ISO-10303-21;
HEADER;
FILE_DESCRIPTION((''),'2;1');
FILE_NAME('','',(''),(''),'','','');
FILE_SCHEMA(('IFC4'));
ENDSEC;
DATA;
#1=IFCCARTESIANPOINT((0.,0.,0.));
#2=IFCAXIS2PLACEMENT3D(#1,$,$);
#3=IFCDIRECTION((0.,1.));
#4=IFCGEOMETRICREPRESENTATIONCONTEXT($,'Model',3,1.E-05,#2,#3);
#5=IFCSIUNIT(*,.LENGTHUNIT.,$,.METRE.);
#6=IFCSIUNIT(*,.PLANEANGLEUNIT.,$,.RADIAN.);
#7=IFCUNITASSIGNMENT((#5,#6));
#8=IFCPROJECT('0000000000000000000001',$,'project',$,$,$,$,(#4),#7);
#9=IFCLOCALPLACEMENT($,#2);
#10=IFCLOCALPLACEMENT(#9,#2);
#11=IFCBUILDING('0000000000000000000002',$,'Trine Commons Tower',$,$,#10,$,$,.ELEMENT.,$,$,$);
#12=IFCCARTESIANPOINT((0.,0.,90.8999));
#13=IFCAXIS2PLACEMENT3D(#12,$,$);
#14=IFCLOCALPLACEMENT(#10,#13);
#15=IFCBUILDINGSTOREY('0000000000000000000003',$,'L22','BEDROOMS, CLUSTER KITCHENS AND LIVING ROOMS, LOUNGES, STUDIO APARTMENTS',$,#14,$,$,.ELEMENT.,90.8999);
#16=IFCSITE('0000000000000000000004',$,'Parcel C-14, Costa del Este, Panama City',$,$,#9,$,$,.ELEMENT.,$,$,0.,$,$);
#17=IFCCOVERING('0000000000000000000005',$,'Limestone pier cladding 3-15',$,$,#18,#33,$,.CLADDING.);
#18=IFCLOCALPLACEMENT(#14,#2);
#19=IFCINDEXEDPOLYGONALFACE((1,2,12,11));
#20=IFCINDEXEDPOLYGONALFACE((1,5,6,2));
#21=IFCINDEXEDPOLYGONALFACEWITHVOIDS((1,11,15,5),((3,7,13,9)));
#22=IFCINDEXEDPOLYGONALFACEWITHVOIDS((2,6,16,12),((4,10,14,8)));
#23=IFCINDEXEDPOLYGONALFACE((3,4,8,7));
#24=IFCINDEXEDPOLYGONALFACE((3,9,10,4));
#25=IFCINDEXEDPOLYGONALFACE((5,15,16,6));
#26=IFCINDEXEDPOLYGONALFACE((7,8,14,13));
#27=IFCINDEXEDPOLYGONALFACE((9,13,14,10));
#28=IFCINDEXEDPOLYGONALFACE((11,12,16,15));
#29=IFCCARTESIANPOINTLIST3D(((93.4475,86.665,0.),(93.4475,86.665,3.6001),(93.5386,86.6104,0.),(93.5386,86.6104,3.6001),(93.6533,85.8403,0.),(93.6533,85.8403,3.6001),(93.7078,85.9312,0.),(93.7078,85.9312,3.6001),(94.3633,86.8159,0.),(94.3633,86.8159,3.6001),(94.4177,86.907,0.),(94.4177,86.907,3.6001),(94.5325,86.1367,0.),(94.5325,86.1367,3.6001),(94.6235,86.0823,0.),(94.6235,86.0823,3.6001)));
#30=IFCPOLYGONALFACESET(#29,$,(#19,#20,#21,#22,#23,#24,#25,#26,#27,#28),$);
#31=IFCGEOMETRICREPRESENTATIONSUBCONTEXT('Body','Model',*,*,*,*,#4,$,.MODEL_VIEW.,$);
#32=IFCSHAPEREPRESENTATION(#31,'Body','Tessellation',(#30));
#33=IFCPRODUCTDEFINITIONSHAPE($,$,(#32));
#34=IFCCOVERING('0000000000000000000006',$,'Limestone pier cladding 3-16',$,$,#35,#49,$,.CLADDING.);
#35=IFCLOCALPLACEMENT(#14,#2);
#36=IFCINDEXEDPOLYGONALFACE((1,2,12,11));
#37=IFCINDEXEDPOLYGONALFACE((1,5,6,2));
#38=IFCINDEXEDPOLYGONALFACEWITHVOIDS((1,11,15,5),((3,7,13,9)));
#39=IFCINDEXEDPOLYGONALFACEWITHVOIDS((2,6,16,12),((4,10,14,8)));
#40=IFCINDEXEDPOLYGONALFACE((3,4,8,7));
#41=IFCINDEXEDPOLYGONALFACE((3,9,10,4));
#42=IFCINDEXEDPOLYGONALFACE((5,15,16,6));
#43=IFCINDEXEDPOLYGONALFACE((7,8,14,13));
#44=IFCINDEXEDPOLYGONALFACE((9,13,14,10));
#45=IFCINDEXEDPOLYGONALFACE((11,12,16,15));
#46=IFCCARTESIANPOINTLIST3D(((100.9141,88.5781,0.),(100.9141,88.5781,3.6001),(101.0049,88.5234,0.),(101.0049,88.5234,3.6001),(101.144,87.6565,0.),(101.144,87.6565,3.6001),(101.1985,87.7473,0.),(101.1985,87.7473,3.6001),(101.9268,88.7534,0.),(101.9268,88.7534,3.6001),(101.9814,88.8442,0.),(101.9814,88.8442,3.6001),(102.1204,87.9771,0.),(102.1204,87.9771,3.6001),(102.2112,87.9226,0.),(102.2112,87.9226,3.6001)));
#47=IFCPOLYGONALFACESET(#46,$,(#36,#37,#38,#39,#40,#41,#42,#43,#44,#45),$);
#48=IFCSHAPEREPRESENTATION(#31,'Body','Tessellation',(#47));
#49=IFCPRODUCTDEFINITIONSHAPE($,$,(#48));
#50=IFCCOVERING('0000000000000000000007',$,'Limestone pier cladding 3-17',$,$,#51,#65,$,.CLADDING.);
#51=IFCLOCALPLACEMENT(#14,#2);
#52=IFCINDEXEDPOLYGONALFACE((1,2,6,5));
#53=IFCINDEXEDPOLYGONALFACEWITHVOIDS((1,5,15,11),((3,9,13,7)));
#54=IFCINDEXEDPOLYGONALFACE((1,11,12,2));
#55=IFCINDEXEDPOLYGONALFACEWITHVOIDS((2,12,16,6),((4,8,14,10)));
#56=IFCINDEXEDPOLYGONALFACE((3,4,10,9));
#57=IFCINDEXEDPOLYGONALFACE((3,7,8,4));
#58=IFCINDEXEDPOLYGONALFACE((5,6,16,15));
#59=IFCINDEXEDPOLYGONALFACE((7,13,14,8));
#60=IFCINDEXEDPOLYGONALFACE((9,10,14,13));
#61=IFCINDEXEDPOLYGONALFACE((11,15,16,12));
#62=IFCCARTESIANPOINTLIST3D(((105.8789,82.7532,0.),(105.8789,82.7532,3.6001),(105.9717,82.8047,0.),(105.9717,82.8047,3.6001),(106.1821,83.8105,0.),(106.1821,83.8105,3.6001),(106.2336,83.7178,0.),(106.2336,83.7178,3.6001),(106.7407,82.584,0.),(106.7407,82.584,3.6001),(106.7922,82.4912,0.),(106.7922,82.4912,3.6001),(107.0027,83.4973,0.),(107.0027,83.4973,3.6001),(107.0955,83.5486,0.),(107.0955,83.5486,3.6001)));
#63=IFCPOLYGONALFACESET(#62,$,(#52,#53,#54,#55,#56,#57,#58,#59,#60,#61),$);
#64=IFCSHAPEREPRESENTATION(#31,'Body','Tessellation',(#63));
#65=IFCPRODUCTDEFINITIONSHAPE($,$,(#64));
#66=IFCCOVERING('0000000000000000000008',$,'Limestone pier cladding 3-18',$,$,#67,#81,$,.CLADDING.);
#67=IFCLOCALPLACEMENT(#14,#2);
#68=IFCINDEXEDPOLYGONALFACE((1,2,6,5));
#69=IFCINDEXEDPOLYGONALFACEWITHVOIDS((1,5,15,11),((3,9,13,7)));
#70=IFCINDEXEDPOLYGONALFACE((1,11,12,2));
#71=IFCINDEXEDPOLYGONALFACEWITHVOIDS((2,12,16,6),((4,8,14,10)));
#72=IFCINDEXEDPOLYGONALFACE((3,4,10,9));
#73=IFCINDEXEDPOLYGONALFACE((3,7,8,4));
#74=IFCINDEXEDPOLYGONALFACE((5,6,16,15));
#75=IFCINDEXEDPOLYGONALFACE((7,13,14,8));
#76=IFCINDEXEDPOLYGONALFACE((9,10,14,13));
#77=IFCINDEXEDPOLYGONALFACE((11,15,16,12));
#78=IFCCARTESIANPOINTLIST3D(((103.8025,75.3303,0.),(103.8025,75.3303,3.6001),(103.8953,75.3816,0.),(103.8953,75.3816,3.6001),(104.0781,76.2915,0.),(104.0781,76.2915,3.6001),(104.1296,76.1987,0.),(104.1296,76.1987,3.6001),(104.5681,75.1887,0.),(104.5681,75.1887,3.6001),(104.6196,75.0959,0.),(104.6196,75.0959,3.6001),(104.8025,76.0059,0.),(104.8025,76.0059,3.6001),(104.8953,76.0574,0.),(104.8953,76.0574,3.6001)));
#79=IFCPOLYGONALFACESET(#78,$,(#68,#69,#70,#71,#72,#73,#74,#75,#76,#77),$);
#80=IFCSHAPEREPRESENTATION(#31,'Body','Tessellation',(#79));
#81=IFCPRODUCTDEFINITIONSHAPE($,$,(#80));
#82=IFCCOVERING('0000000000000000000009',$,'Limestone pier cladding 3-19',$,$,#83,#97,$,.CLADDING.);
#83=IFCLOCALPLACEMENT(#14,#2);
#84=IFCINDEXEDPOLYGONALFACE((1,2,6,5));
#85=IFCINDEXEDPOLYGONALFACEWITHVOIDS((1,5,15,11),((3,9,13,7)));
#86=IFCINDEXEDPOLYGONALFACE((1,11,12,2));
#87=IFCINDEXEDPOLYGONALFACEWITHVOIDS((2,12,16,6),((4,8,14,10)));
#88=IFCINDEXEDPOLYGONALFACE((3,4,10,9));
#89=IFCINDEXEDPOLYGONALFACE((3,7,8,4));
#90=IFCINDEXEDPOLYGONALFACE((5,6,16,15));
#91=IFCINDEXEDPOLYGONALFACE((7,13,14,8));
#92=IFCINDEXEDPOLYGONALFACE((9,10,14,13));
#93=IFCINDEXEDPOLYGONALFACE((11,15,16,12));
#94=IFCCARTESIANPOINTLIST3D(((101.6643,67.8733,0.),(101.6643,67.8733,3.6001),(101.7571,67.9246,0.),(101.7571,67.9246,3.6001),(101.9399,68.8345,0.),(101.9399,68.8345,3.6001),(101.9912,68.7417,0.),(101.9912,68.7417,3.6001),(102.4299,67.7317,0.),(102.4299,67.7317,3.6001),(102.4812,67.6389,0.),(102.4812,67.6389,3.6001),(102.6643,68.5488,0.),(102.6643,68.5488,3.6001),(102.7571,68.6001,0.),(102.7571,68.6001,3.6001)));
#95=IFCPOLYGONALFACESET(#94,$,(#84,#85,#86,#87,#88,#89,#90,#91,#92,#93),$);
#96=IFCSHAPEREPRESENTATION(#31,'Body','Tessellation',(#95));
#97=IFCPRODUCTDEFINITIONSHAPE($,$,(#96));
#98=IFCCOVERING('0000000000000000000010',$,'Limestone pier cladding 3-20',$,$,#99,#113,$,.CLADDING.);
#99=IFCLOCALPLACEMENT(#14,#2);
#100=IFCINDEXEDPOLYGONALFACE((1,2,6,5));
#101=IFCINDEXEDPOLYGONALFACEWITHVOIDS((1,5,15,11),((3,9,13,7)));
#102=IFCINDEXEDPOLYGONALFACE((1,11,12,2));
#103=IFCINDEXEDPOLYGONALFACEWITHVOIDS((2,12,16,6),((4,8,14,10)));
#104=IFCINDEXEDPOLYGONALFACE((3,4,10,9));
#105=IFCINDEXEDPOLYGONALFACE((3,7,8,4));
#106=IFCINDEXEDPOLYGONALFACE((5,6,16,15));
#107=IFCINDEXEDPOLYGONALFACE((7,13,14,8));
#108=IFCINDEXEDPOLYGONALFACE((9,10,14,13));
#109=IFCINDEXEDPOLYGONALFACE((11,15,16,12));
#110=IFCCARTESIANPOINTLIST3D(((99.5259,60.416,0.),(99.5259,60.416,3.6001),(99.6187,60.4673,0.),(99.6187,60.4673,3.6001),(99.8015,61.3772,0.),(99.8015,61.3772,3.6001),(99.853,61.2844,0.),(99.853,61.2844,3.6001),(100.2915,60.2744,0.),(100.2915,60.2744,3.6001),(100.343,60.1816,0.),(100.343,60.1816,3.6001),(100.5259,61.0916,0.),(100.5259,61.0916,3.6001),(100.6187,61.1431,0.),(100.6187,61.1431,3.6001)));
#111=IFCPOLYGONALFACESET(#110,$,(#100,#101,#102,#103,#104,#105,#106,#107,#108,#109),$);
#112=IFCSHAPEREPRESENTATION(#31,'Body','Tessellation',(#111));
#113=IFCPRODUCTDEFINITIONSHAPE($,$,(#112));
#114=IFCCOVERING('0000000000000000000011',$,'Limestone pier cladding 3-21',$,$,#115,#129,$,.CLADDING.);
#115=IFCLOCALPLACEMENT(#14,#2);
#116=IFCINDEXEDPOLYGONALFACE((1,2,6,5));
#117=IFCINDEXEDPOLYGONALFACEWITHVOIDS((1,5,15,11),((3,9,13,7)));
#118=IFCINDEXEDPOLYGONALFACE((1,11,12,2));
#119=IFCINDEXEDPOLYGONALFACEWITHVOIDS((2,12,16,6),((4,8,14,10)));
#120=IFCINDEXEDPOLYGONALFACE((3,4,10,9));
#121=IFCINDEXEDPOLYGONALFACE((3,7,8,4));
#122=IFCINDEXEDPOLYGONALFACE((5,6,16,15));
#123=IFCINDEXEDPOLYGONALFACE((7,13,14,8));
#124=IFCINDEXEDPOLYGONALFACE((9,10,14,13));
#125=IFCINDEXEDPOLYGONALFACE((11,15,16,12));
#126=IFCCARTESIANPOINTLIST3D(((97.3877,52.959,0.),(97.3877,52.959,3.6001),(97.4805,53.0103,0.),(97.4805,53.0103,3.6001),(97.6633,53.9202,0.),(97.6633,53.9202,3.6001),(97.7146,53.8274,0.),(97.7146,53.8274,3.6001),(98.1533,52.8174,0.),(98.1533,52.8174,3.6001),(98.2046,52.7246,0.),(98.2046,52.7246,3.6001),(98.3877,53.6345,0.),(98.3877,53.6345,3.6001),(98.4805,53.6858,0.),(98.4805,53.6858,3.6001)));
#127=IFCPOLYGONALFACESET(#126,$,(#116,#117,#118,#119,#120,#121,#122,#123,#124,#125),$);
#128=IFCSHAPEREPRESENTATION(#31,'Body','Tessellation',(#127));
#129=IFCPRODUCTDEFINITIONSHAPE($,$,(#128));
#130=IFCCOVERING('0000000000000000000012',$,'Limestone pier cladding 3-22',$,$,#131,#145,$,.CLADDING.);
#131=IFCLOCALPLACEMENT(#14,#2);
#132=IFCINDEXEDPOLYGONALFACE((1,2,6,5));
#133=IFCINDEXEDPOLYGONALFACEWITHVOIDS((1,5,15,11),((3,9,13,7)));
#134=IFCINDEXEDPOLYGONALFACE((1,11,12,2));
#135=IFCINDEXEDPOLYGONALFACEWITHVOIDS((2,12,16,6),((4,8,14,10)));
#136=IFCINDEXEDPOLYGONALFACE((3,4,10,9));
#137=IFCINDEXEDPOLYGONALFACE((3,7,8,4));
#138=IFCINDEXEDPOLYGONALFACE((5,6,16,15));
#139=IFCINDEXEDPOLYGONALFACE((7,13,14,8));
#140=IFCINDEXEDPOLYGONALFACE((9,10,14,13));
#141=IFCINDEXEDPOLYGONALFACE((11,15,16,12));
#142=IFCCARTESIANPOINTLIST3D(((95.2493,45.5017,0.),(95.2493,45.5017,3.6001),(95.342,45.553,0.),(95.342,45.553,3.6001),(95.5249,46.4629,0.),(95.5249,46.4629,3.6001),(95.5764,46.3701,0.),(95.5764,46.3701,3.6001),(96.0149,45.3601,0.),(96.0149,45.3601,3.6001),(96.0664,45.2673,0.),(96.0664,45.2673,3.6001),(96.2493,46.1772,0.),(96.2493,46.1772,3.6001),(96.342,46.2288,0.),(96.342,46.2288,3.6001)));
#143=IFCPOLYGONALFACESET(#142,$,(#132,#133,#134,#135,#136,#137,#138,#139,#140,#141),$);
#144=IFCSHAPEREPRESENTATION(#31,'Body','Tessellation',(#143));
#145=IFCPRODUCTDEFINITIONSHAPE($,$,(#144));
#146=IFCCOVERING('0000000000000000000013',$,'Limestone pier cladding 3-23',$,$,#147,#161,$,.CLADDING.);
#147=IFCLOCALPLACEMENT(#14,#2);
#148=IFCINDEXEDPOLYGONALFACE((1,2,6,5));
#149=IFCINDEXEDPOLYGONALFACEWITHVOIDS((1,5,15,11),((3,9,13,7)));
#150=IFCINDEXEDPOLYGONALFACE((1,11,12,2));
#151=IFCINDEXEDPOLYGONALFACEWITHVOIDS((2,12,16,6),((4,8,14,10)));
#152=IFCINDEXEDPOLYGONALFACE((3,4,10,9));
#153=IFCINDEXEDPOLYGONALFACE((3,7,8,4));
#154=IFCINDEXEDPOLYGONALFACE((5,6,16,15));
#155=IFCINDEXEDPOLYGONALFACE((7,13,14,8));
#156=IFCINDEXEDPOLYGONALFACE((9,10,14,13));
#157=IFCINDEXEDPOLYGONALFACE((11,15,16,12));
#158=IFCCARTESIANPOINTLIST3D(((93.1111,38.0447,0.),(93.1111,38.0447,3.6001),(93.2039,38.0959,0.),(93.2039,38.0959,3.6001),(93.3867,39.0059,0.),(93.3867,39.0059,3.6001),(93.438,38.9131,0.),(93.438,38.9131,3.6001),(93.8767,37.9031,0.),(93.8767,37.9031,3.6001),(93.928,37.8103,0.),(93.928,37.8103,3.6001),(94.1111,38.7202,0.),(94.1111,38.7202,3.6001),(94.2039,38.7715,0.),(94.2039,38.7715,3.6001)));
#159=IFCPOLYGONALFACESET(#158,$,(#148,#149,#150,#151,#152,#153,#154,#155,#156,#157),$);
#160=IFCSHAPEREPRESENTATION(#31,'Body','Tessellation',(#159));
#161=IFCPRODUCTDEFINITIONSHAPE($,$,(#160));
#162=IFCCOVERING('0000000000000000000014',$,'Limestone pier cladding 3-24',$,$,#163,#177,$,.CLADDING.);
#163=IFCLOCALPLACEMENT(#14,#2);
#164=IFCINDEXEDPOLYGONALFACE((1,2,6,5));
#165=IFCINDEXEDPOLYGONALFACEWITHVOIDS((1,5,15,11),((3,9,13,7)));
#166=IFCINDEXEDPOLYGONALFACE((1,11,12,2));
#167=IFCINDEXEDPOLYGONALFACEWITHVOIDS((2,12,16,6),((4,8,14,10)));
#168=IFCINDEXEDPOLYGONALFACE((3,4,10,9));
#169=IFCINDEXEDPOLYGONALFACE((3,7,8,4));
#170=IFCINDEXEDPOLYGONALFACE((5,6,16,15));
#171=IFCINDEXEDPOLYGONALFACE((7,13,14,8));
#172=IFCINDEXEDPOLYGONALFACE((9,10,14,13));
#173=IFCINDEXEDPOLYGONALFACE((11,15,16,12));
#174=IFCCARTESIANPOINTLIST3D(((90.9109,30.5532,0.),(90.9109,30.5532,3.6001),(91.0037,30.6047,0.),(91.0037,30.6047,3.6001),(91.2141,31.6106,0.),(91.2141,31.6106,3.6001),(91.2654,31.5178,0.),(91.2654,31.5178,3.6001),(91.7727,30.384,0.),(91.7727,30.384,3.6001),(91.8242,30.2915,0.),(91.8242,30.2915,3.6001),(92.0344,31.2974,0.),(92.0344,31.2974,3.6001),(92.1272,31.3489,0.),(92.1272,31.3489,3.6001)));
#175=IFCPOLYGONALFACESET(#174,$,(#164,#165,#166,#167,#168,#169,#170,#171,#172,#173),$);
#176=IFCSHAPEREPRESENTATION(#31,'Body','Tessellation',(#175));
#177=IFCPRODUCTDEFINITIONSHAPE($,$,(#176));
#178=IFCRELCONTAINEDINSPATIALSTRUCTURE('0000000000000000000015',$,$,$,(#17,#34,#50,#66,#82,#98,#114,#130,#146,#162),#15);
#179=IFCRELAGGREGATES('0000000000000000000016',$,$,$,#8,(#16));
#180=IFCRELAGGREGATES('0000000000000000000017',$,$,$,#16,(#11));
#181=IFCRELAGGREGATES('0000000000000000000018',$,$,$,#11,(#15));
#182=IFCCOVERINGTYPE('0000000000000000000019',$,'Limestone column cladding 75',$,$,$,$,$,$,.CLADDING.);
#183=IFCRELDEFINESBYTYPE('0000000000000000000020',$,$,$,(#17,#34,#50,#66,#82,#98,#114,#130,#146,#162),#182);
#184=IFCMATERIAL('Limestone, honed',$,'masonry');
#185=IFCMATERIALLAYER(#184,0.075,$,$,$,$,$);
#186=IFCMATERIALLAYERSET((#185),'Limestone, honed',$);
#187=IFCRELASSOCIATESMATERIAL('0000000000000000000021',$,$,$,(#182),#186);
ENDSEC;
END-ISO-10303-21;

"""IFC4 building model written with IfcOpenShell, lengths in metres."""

from ifc_helpers import new_model, si_unit, direction, frame, origin, place, context, subcontext, project, spatial, polyline, outline, extrude, material, layer, layer_set, type_object, element, save


model = new_model("IFC4")

# Units and contexts
model_context = context("Model", 3, precision=1e-05, world=origin(), true_north=direction((0.0, 1.0)))
body_context = subcontext(model_context, "Body", "Model", "MODEL_VIEW")
ifc_project = project(units=[si_unit("LENGTHUNIT", "METRE"), si_unit("PLANEANGLEUNIT", "RADIAN")], contexts=[model_context])

# Site, building, storey
site_placement = place(None, origin())
site = spatial("IfcSite", under=ifc_project, at=site_placement, Name="Parcel C-14, Costa del Este, Panama City", CompositionType="ELEMENT", RefElevation=0.0)
building_placement = place(site_placement, origin())
building = spatial("IfcBuilding", under=site, at=building_placement, Name="Trine Commons Tower", CompositionType="ELEMENT")
storey_placement = place(building_placement, frame((0.0, 0.0, 90.8999)))
storey = spatial("IfcBuildingStorey", under=building, at=storey_placement, Name="L22", Description="BEDROOMS, CLUSTER KITCHENS AND LIVING ROOMS, LOUNGES, STUDIO APARTMENTS", CompositionType="ELEMENT", Elevation=90.8999)

# Coverings
ifc_material_1 = material(Name="Limestone, honed", Category="masonry")
ifc_layer_1 = layer(ifc_material_1, 0.075)
ifc_layer_set_1 = layer_set([ifc_layer_1], Name="Limestone, honed")
covering_type_1 = type_object("IfcCoveringType", Name="Limestone column cladding 75", PredefinedType="CLADDING", material=ifc_layer_set_1)
covering_1_placement = place(storey_placement, origin())
element("IfcCovering", 1, at=covering_1_placement, inside=storey, type_object=covering_type_1, Name="Limestone pier cladding 3-15", PredefinedType="CLADDING", context=body_context, shape_type="SweptSolid", body=[
    extrude(outline(polyline([(94.6235, 86.0823), (94.4177, 86.907), (93.4475, 86.665), (93.6533, 85.8403), (94.6235, 86.0823)]), holes=[polyline([(94.5325, 86.1367), (94.3633, 86.8159), (93.5386, 86.6104), (93.7078, 85.9312), (94.5325, 86.1367)])]), origin(), (0.0, 0.0, 1.0), 3.6001),
])
covering_2_placement = place(storey_placement, origin())
element("IfcCovering", 2, at=covering_2_placement, inside=storey, type_object=covering_type_1, Name="Limestone pier cladding 3-16", PredefinedType="CLADDING", context=body_context, shape_type="SweptSolid", body=[
    extrude(outline(polyline([(102.2112, 87.9226), (101.9814, 88.8442), (100.9141, 88.5781), (101.144, 87.6565), (102.2112, 87.9226)]), holes=[polyline([(102.1204, 87.9771), (101.9268, 88.7534), (101.0049, 88.5234), (101.1985, 87.7473), (102.1204, 87.9771)])]), origin(), (0.0, 0.0, 1.0), 3.6001),
])
covering_3_placement = place(storey_placement, origin())
element("IfcCovering", 3, at=covering_3_placement, inside=storey, type_object=covering_type_1, Name="Limestone pier cladding 3-17", PredefinedType="CLADDING", context=body_context, shape_type="SweptSolid", body=[
    extrude(outline(polyline([(107.0955, 83.5486), (106.1821, 83.8105), (105.8789, 82.7532), (106.7922, 82.4912), (107.0955, 83.5486)]), holes=[polyline([(107.0027, 83.4973), (106.2336, 83.7178), (105.9717, 82.8047), (106.7407, 82.584), (107.0027, 83.4973)])]), origin(), (0.0, 0.0, 1.0), 3.6001),
])
covering_4_placement = place(storey_placement, origin())
element("IfcCovering", 4, at=covering_4_placement, inside=storey, type_object=covering_type_1, Name="Limestone pier cladding 3-18", PredefinedType="CLADDING", context=body_context, shape_type="SweptSolid", body=[
    extrude(outline(polyline([(104.8953, 76.0574), (104.0781, 76.2915), (103.8025, 75.3303), (104.6196, 75.0959), (104.8953, 76.0574)]), holes=[polyline([(104.8025, 76.0059), (104.1296, 76.1987), (103.8953, 75.3816), (104.5681, 75.1887), (104.8025, 76.0059)])]), origin(), (0.0, 0.0, 1.0), 3.6001),
])
covering_5_placement = place(storey_placement, origin())
element("IfcCovering", 5, at=covering_5_placement, inside=storey, type_object=covering_type_1, Name="Limestone pier cladding 3-19", PredefinedType="CLADDING", context=body_context, shape_type="SweptSolid", body=[
    extrude(outline(polyline([(102.7571, 68.6001), (101.9399, 68.8345), (101.6643, 67.8733), (102.4812, 67.6389), (102.7571, 68.6001)]), holes=[polyline([(102.6643, 68.5488), (101.9912, 68.7417), (101.7571, 67.9246), (102.4299, 67.7317), (102.6643, 68.5488)])]), origin(), (0.0, 0.0, 1.0), 3.6001),
])
covering_6_placement = place(storey_placement, origin())
element("IfcCovering", 6, at=covering_6_placement, inside=storey, type_object=covering_type_1, Name="Limestone pier cladding 3-20", PredefinedType="CLADDING", context=body_context, shape_type="SweptSolid", body=[
    extrude(outline(polyline([(100.6187, 61.1431), (99.8015, 61.3772), (99.5259, 60.416), (100.343, 60.1816), (100.6187, 61.1431)]), holes=[polyline([(100.5259, 61.0916), (99.853, 61.2844), (99.6187, 60.4673), (100.2915, 60.2744), (100.5259, 61.0916)])]), origin(), (0.0, 0.0, 1.0), 3.6001),
])
covering_7_placement = place(storey_placement, origin())
element("IfcCovering", 7, at=covering_7_placement, inside=storey, type_object=covering_type_1, Name="Limestone pier cladding 3-21", PredefinedType="CLADDING", context=body_context, shape_type="SweptSolid", body=[
    extrude(outline(polyline([(98.4805, 53.6858), (97.6633, 53.9202), (97.3877, 52.959), (98.2046, 52.7246), (98.4805, 53.6858)]), holes=[polyline([(98.3877, 53.6345), (97.7146, 53.8274), (97.4805, 53.0103), (98.1533, 52.8174), (98.3877, 53.6345)])]), origin(), (0.0, 0.0, 1.0), 3.6001),
])
covering_8_placement = place(storey_placement, origin())
element("IfcCovering", 8, at=covering_8_placement, inside=storey, type_object=covering_type_1, Name="Limestone pier cladding 3-22", PredefinedType="CLADDING", context=body_context, shape_type="SweptSolid", body=[
    extrude(outline(polyline([(96.342, 46.2288), (95.5249, 46.4629), (95.2493, 45.5017), (96.0664, 45.2673), (96.342, 46.2288)]), holes=[polyline([(96.2493, 46.1772), (95.5764, 46.3701), (95.342, 45.553), (96.0149, 45.3601), (96.2493, 46.1772)])]), origin(), (0.0, 0.0, 1.0), 3.6001),
])
covering_9_placement = place(storey_placement, origin())
element("IfcCovering", 9, at=covering_9_placement, inside=storey, type_object=covering_type_1, Name="Limestone pier cladding 3-23", PredefinedType="CLADDING", context=body_context, shape_type="SweptSolid", body=[
    extrude(outline(polyline([(94.2039, 38.7715), (93.3867, 39.0059), (93.1111, 38.0447), (93.928, 37.8103), (94.2039, 38.7715)]), holes=[polyline([(94.1111, 38.7202), (93.438, 38.9131), (93.2039, 38.0959), (93.8767, 37.9031), (94.1111, 38.7202)])]), origin(), (0.0, 0.0, 1.0), 3.6001),
])
covering_10_placement = place(storey_placement, origin())
element("IfcCovering", 10, at=covering_10_placement, inside=storey, type_object=covering_type_1, Name="Limestone pier cladding 3-24", PredefinedType="CLADDING", context=body_context, shape_type="SweptSolid", body=[
    extrude(outline(polyline([(92.1272, 31.3489), (91.2141, 31.6106), (90.9109, 30.5532), (91.8242, 30.2915), (92.1272, 31.3489)]), holes=[polyline([(92.0344, 31.2974), (91.2654, 31.5178), (91.0037, 30.6047), (91.7727, 30.384), (92.0344, 31.2974)])]), origin(), (0.0, 0.0, 1.0), 3.6001),
])

save(model, "model.ifc")
